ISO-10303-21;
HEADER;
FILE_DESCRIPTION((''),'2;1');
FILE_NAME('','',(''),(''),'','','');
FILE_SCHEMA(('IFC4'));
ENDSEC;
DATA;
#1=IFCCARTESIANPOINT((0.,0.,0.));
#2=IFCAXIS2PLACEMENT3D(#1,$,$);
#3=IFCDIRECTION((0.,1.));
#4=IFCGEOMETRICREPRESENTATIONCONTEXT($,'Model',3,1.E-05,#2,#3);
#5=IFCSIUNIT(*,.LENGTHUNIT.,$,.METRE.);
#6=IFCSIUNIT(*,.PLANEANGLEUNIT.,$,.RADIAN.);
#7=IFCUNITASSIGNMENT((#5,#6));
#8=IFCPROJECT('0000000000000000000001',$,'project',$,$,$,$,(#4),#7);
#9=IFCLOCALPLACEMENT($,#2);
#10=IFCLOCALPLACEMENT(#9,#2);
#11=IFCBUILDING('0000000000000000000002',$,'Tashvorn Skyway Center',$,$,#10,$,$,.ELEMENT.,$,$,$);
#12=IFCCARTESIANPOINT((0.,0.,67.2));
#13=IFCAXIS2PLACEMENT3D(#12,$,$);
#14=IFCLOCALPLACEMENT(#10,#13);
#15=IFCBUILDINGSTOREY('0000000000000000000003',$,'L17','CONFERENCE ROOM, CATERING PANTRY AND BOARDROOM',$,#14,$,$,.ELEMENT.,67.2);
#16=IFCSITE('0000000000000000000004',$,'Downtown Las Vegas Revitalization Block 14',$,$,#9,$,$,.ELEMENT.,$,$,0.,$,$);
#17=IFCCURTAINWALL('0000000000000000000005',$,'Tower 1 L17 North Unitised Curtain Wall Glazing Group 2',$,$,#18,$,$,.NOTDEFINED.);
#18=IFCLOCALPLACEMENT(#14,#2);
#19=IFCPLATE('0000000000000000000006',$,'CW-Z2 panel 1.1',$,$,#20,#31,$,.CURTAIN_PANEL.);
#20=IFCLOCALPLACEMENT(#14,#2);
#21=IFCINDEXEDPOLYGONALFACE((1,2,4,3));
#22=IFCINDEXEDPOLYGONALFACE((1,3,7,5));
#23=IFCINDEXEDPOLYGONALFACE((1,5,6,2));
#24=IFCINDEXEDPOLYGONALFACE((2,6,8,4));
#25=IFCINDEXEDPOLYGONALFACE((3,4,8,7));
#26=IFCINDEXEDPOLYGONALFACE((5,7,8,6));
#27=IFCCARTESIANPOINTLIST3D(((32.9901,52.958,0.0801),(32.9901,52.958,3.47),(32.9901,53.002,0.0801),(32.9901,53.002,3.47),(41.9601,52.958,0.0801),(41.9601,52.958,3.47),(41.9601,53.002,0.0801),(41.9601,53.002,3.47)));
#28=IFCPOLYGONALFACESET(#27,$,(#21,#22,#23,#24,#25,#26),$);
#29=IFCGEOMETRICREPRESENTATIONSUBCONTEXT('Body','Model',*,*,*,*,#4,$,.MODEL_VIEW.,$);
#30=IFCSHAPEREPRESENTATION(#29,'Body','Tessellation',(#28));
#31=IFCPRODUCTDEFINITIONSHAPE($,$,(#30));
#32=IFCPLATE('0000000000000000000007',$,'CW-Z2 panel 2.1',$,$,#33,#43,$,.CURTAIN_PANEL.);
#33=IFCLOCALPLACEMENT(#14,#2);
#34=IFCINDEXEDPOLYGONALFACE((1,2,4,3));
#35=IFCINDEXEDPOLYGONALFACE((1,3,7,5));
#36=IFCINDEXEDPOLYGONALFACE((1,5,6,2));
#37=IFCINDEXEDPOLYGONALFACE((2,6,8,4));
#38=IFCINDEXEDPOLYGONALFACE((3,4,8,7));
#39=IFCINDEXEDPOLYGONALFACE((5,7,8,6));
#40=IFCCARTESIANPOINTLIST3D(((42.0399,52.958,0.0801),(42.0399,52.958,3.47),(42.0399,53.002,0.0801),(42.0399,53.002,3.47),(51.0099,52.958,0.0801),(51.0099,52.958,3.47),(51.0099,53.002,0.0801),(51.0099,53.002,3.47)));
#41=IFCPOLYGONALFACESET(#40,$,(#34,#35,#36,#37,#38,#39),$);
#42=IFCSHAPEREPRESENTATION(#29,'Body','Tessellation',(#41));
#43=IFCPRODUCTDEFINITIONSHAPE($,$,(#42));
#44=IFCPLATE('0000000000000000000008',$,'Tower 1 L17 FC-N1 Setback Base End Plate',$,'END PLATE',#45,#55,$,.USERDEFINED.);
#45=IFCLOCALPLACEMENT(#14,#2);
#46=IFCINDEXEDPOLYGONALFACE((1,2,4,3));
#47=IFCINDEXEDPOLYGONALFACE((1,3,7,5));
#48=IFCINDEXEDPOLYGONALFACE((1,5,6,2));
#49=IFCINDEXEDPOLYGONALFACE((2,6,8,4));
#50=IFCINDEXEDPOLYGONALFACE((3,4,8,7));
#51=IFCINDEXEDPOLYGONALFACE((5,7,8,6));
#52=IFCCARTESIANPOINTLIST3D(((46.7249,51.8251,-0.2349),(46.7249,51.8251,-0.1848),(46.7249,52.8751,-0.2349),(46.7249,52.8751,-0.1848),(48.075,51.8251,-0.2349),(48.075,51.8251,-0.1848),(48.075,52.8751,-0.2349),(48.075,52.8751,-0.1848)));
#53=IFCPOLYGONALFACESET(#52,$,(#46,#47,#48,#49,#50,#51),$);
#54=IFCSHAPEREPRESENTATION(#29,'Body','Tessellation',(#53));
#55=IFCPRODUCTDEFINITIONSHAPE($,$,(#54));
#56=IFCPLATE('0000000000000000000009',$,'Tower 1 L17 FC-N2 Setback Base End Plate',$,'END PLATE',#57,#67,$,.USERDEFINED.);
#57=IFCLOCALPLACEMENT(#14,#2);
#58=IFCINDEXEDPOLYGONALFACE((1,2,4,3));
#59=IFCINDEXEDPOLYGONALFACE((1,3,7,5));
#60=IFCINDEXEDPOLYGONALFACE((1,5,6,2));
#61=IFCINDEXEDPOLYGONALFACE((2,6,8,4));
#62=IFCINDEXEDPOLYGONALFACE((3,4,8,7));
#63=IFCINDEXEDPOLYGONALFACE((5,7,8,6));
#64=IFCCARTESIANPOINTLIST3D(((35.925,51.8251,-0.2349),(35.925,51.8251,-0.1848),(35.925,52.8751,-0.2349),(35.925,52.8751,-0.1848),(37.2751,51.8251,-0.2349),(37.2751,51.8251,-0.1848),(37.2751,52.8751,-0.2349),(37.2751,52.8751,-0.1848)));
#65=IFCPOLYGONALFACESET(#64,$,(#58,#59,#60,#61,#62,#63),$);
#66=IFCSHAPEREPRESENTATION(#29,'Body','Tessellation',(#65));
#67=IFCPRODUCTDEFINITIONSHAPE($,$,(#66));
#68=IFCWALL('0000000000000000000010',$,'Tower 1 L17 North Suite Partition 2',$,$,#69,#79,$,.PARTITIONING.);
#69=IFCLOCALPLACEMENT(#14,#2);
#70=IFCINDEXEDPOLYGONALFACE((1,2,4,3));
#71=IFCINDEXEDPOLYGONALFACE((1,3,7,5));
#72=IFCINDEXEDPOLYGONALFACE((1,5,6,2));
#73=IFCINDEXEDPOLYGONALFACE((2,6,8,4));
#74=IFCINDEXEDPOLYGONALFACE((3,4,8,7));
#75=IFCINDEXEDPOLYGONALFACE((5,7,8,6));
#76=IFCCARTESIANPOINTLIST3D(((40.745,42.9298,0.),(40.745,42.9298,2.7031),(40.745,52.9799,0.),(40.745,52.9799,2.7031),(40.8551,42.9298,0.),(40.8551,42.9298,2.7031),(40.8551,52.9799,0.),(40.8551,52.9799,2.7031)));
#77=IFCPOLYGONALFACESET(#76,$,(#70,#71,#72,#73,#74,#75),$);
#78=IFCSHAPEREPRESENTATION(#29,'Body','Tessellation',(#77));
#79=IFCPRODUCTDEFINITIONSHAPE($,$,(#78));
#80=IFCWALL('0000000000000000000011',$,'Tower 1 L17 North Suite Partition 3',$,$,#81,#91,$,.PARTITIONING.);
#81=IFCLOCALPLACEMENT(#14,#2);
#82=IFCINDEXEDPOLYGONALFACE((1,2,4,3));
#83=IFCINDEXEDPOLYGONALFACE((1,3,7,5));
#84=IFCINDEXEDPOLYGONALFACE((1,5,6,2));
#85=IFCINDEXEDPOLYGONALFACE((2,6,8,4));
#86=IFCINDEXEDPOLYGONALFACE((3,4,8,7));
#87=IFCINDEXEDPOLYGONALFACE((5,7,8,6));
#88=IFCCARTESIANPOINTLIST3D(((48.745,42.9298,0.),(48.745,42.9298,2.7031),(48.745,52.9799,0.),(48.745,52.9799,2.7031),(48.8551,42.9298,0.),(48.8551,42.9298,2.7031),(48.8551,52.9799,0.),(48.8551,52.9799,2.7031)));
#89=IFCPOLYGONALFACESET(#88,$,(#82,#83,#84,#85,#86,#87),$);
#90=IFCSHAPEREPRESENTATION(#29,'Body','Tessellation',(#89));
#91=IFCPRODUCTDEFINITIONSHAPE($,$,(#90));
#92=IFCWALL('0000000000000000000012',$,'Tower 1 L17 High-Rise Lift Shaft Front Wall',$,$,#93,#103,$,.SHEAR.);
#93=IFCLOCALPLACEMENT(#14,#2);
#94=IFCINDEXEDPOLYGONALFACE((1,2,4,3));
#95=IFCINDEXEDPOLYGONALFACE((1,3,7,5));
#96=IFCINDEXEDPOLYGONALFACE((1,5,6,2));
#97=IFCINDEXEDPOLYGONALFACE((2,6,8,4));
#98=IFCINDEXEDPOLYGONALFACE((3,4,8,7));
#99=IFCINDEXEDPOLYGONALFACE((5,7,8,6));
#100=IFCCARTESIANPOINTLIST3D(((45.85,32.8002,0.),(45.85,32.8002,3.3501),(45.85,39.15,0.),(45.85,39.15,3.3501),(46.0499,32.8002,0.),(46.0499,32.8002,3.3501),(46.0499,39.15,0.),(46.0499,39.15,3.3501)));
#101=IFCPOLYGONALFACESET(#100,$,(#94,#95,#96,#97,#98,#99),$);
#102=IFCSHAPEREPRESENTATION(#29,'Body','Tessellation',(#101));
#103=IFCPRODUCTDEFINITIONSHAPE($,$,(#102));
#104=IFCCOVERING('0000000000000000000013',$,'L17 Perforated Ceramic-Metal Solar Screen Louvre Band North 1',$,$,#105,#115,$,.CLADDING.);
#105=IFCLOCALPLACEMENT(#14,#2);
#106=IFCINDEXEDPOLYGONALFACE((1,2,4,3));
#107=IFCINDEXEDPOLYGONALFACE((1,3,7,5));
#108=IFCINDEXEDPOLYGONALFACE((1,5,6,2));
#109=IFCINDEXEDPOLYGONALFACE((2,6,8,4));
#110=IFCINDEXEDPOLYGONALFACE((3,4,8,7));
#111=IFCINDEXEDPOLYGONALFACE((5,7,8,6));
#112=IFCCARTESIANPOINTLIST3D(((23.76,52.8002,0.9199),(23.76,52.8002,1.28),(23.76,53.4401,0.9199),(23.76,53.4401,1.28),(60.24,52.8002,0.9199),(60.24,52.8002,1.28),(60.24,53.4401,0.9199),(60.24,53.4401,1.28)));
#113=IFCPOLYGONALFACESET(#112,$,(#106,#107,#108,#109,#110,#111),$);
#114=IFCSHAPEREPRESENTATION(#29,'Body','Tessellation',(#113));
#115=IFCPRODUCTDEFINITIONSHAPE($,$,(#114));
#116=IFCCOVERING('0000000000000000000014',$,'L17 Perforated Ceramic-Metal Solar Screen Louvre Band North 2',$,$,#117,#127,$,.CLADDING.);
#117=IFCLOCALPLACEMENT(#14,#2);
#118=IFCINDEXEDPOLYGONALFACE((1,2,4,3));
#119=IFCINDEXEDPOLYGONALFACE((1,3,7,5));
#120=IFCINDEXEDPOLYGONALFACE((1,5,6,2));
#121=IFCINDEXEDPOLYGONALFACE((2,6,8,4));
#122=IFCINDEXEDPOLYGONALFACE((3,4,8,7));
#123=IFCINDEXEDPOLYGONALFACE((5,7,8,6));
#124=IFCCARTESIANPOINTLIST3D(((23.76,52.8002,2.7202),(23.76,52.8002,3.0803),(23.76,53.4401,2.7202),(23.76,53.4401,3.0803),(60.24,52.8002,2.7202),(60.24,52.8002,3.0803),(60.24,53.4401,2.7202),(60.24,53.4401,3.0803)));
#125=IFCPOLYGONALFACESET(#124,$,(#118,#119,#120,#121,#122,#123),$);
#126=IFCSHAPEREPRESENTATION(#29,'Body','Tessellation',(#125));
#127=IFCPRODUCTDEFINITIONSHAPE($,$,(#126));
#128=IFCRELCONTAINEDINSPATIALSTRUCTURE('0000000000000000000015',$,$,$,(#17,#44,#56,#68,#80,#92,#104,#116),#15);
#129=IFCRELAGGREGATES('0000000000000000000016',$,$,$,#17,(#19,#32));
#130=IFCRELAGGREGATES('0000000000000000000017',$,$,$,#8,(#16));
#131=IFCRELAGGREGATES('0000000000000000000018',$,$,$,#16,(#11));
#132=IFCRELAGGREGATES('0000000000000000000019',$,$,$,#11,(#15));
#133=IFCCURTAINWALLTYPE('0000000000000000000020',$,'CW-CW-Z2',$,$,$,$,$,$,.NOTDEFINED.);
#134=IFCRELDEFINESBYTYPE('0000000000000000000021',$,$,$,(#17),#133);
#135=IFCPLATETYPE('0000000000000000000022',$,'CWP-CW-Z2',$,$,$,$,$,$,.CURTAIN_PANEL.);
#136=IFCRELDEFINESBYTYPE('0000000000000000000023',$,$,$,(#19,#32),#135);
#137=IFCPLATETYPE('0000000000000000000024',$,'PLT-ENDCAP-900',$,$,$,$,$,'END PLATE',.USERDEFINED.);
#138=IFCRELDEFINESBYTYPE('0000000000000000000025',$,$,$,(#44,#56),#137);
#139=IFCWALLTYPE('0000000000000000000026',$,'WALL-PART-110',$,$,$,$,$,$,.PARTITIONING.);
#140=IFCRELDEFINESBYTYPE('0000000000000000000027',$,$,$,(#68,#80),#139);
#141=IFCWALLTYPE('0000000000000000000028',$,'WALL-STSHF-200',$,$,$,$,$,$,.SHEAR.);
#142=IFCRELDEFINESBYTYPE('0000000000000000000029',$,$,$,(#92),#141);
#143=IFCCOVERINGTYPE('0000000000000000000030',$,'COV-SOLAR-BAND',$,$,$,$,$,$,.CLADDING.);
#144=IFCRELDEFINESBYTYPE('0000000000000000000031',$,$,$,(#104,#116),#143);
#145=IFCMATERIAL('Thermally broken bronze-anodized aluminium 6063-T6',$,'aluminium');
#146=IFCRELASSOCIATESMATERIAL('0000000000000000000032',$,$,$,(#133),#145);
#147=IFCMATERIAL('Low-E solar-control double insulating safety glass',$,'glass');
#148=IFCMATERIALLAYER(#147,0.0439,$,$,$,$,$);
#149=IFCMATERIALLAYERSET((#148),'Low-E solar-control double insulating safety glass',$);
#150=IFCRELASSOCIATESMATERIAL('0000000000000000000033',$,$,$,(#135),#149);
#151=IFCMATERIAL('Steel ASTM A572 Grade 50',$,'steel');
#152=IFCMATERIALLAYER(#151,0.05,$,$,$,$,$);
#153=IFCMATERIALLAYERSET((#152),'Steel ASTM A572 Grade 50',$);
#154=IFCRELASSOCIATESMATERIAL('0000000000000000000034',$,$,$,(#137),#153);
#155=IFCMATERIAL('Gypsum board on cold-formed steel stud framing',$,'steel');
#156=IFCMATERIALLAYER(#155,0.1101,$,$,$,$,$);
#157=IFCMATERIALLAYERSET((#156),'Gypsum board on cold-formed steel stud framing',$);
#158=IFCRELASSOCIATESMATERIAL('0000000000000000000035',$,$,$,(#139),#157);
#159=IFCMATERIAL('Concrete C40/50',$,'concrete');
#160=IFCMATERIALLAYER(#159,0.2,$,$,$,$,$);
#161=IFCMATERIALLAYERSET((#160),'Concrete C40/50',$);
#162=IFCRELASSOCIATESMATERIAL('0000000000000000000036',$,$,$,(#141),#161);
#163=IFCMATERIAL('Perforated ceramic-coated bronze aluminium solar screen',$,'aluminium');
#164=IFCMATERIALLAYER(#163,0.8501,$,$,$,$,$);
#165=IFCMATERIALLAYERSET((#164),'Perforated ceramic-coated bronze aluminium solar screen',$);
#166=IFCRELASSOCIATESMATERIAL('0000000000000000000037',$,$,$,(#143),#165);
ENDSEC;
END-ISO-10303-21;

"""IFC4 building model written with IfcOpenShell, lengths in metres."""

from ifc_helpers import new_model, si_unit, direction, frame, frame_2d, origin, origin_2d, place, context, subcontext, project, spatial, rectangle, extrude, material, layer, layer_set, type_object, element, aggregate, save


model = new_model("IFC4")

# Units and contexts
model_context = context("Model", 3, precision=1e-05, world=origin(), true_north=direction((0.0, 1.0)))
body_context = subcontext(model_context, "Body", "Model", "MODEL_VIEW")
ifc_project = project(units=[si_unit("LENGTHUNIT", "METRE"), si_unit("PLANEANGLEUNIT", "RADIAN")], contexts=[model_context])

# Site, building, storey
site_placement = place(None, origin())
site = spatial("IfcSite", under=ifc_project, at=site_placement, Name="Downtown Las Vegas Revitalization Block 14", CompositionType="ELEMENT", RefElevation=0.0)
building_placement = place(site_placement, origin())
building = spatial("IfcBuilding", under=site, at=building_placement, Name="Tashvorn Skyway Center", CompositionType="ELEMENT")
storey_placement = place(building_placement, frame((0.0, 0.0, 67.2)))
storey = spatial("IfcBuildingStorey", under=building, at=storey_placement, Name="L17", Description="CONFERENCE ROOM, CATERING PANTRY AND BOARDROOM", CompositionType="ELEMENT", Elevation=67.2)

# Shared definitions
ifc_material_1 = material(Name="Steel ASTM A572 Grade 50", Category="steel")

# Curtain wall, plates
ifc_material_2 = material(Name="Thermally broken bronze-anodized aluminium 6063-T6", Category="aluminium")
curtain_wall_type = type_object("IfcCurtainWallType", Name="CW-CW-Z2", PredefinedType="NOTDEFINED", material=ifc_material_2)
curtain_wall_placement = place(storey_placement, origin())
curtain_wall = element("IfcCurtainWall", 1, at=curtain_wall_placement, inside=storey, type_object=curtain_wall_type, Name="Tower 1 L17 North Unitised Curtain Wall Glazing Group 2", PredefinedType="NOTDEFINED")
ifc_material_3 = material(Name="Low-E solar-control double insulating safety glass", Category="glass")
ifc_layer_1 = layer(ifc_material_3, 0.0439)
ifc_layer_set_1 = layer_set([ifc_layer_1], Name="Low-E solar-control double insulating safety glass")
plate_type_1 = type_object("IfcPlateType", Name="CWP-CW-Z2", PredefinedType="CURTAIN_PANEL", material=ifc_layer_set_1)
plate_1_placement = place(storey_placement, frame((37.4751, 52.98, 0.0801), z_axis=(0.0, 0.0, 1.0), x_axis=(1.0, 0.0, 0.0)))
plate_1 = element("IfcPlate", 2, at=plate_1_placement, type_object=plate_type_1, Name="CW-Z2 panel 1.1", PredefinedType="CURTAIN_PANEL", context=body_context, shape_type="SweptSolid", body=[
    extrude(rectangle(XDim=8.97, YDim=0.0439, at=origin_2d()), origin(), (0.0, 0.0, 1.0), 3.3899),
])
plate_2_placement = place(storey_placement, frame((46.5249, 52.98, 0.0801), z_axis=(0.0, 0.0, 1.0), x_axis=(1.0, 0.0, 0.0)))
plate_2 = element("IfcPlate", 3, at=plate_2_placement, type_object=plate_type_1, Name="CW-Z2 panel 2.1", PredefinedType="CURTAIN_PANEL", context=body_context, shape_type="SweptSolid", body=[
    extrude(rectangle(XDim=8.97, YDim=0.0439, at=origin_2d()), origin(), (0.0, 0.0, 1.0), 3.3899),
])
aggregate(curtain_wall, [plate_1, plate_2])

# Plates
ifc_layer_2 = layer(ifc_material_1, 0.05)
ifc_layer_set_2 = layer_set([ifc_layer_2], Name="Steel ASTM A572 Grade 50")
plate_type_2 = type_object("IfcPlateType", Name="PLT-ENDCAP-900", ElementType="END PLATE", PredefinedType="USERDEFINED", material=ifc_layer_set_2)
for number, where, z_axis, x_axis, name in (
    (4, (47.3999, 52.3501, -0.2349), (0.0, 0.0, 1.0), (1.0, 0.0, 0.0), "Tower 1 L17 FC-N1 Setback Base End Plate"),
    (5, (36.6001, 52.3501, -0.2349), (0.0, 0.0, 1.0), (1.0, 0.0, 0.0), "Tower 1 L17 FC-N2 Setback Base End Plate"),
):
    element("IfcPlate", number, at=place(storey_placement, frame(where, z_axis=z_axis, x_axis=x_axis)), inside=storey, type_object=plate_type_2, Name=name, ObjectType="END PLATE", PredefinedType="USERDEFINED", context=body_context, shape_type="SweptSolid", body=[
        extrude(rectangle(XDim=1.3501, YDim=1.05, at=origin_2d()), origin(), (0.0, 0.0, 1.0), 0.05),
    ])

# Walls
ifc_material_4 = material(Name="Gypsum board on cold-formed steel stud framing", Category="steel")
ifc_layer_3 = layer(ifc_material_4, 0.1101)
ifc_layer_set_3 = layer_set([ifc_layer_3], Name="Gypsum board on cold-formed steel stud framing")
wall_type_1 = type_object("IfcWallType", Name="WALL-PART-110", PredefinedType="PARTITIONING", material=ifc_layer_set_3)
for number, where, z_axis, x_axis, name in (
    (6, (40.8, 42.9299, 0.0), (0.0, 0.0, 1.0), (0.0, 1.0, 0.0), "Tower 1 L17 North Suite Partition 2"),
    (7, (48.8, 42.9299, 0.0), (0.0, 0.0, 1.0), (0.0, 1.0, 0.0), "Tower 1 L17 North Suite Partition 3"),
):
    element("IfcWall", number, at=place(storey_placement, frame(where, z_axis=z_axis, x_axis=x_axis)), inside=storey, type_object=wall_type_1, Name=name, PredefinedType="PARTITIONING", context=body_context, shape_type="SweptSolid", body=[
        extrude(rectangle(XDim=10.05, YDim=0.1101, at=frame_2d((5.0249, 0.0))), origin(), (0.0, 0.0, 1.0), 2.7031),
    ])
ifc_material_5 = material(Name="Concrete C40/50", Category="concrete")
ifc_layer_4 = layer(ifc_material_5, 0.2)
ifc_layer_set_4 = layer_set([ifc_layer_4], Name="Concrete C40/50")
wall_type_2 = type_object("IfcWallType", Name="WALL-STSHF-200", PredefinedType="SHEAR", material=ifc_layer_set_4)
wall_placement = place(storey_placement, frame((45.95, 39.1499, 0.0), z_axis=(0.0, 0.0, 1.0), x_axis=(0.0, -1.0, 0.0)))
element("IfcWall", 8, at=wall_placement, inside=storey, type_object=wall_type_2, Name="Tower 1 L17 High-Rise Lift Shaft Front Wall", PredefinedType="SHEAR", context=body_context, shape_type="SweptSolid", body=[
    extrude(rectangle(XDim=6.3499, YDim=0.2, at=frame_2d((3.1748, 0.0))), origin(), (0.0, 0.0, 1.0), 3.3501),
])

# Coverings
ifc_material_6 = material(Name="Perforated ceramic-coated bronze aluminium solar screen", Category="aluminium")
ifc_layer_5 = layer(ifc_material_6, 0.8501)
ifc_layer_set_5 = layer_set([ifc_layer_5], Name="Perforated ceramic-coated bronze aluminium solar screen")
covering_type = type_object("IfcCoveringType", Name="COV-SOLAR-BAND", PredefinedType="CLADDING", material=ifc_layer_set_5)
for number, where, z_axis, x_axis, name in (
    (9, (42.0, 53.1201, 0.9199), (0.0, 0.0, 1.0), (1.0, 0.0, 0.0), "L17 Perforated Ceramic-Metal Solar Screen Louvre Band North 1"),
    (10, (42.0, 53.1201, 2.7202), (0.0, 0.0, 1.0), (1.0, 0.0, 0.0), "L17 Perforated Ceramic-Metal Solar Screen Louvre Band North 2"),
):
    element("IfcCovering", number, at=place(storey_placement, frame(where, z_axis=z_axis, x_axis=x_axis)), inside=storey, type_object=covering_type, Name=name, PredefinedType="CLADDING", context=body_context, shape_type="SweptSolid", body=[
        extrude(rectangle(XDim=36.48, YDim=0.6399, at=origin_2d()), origin(), (0.0, 0.0, 1.0), 0.3601),
    ])

save(model, "model.ifc")
